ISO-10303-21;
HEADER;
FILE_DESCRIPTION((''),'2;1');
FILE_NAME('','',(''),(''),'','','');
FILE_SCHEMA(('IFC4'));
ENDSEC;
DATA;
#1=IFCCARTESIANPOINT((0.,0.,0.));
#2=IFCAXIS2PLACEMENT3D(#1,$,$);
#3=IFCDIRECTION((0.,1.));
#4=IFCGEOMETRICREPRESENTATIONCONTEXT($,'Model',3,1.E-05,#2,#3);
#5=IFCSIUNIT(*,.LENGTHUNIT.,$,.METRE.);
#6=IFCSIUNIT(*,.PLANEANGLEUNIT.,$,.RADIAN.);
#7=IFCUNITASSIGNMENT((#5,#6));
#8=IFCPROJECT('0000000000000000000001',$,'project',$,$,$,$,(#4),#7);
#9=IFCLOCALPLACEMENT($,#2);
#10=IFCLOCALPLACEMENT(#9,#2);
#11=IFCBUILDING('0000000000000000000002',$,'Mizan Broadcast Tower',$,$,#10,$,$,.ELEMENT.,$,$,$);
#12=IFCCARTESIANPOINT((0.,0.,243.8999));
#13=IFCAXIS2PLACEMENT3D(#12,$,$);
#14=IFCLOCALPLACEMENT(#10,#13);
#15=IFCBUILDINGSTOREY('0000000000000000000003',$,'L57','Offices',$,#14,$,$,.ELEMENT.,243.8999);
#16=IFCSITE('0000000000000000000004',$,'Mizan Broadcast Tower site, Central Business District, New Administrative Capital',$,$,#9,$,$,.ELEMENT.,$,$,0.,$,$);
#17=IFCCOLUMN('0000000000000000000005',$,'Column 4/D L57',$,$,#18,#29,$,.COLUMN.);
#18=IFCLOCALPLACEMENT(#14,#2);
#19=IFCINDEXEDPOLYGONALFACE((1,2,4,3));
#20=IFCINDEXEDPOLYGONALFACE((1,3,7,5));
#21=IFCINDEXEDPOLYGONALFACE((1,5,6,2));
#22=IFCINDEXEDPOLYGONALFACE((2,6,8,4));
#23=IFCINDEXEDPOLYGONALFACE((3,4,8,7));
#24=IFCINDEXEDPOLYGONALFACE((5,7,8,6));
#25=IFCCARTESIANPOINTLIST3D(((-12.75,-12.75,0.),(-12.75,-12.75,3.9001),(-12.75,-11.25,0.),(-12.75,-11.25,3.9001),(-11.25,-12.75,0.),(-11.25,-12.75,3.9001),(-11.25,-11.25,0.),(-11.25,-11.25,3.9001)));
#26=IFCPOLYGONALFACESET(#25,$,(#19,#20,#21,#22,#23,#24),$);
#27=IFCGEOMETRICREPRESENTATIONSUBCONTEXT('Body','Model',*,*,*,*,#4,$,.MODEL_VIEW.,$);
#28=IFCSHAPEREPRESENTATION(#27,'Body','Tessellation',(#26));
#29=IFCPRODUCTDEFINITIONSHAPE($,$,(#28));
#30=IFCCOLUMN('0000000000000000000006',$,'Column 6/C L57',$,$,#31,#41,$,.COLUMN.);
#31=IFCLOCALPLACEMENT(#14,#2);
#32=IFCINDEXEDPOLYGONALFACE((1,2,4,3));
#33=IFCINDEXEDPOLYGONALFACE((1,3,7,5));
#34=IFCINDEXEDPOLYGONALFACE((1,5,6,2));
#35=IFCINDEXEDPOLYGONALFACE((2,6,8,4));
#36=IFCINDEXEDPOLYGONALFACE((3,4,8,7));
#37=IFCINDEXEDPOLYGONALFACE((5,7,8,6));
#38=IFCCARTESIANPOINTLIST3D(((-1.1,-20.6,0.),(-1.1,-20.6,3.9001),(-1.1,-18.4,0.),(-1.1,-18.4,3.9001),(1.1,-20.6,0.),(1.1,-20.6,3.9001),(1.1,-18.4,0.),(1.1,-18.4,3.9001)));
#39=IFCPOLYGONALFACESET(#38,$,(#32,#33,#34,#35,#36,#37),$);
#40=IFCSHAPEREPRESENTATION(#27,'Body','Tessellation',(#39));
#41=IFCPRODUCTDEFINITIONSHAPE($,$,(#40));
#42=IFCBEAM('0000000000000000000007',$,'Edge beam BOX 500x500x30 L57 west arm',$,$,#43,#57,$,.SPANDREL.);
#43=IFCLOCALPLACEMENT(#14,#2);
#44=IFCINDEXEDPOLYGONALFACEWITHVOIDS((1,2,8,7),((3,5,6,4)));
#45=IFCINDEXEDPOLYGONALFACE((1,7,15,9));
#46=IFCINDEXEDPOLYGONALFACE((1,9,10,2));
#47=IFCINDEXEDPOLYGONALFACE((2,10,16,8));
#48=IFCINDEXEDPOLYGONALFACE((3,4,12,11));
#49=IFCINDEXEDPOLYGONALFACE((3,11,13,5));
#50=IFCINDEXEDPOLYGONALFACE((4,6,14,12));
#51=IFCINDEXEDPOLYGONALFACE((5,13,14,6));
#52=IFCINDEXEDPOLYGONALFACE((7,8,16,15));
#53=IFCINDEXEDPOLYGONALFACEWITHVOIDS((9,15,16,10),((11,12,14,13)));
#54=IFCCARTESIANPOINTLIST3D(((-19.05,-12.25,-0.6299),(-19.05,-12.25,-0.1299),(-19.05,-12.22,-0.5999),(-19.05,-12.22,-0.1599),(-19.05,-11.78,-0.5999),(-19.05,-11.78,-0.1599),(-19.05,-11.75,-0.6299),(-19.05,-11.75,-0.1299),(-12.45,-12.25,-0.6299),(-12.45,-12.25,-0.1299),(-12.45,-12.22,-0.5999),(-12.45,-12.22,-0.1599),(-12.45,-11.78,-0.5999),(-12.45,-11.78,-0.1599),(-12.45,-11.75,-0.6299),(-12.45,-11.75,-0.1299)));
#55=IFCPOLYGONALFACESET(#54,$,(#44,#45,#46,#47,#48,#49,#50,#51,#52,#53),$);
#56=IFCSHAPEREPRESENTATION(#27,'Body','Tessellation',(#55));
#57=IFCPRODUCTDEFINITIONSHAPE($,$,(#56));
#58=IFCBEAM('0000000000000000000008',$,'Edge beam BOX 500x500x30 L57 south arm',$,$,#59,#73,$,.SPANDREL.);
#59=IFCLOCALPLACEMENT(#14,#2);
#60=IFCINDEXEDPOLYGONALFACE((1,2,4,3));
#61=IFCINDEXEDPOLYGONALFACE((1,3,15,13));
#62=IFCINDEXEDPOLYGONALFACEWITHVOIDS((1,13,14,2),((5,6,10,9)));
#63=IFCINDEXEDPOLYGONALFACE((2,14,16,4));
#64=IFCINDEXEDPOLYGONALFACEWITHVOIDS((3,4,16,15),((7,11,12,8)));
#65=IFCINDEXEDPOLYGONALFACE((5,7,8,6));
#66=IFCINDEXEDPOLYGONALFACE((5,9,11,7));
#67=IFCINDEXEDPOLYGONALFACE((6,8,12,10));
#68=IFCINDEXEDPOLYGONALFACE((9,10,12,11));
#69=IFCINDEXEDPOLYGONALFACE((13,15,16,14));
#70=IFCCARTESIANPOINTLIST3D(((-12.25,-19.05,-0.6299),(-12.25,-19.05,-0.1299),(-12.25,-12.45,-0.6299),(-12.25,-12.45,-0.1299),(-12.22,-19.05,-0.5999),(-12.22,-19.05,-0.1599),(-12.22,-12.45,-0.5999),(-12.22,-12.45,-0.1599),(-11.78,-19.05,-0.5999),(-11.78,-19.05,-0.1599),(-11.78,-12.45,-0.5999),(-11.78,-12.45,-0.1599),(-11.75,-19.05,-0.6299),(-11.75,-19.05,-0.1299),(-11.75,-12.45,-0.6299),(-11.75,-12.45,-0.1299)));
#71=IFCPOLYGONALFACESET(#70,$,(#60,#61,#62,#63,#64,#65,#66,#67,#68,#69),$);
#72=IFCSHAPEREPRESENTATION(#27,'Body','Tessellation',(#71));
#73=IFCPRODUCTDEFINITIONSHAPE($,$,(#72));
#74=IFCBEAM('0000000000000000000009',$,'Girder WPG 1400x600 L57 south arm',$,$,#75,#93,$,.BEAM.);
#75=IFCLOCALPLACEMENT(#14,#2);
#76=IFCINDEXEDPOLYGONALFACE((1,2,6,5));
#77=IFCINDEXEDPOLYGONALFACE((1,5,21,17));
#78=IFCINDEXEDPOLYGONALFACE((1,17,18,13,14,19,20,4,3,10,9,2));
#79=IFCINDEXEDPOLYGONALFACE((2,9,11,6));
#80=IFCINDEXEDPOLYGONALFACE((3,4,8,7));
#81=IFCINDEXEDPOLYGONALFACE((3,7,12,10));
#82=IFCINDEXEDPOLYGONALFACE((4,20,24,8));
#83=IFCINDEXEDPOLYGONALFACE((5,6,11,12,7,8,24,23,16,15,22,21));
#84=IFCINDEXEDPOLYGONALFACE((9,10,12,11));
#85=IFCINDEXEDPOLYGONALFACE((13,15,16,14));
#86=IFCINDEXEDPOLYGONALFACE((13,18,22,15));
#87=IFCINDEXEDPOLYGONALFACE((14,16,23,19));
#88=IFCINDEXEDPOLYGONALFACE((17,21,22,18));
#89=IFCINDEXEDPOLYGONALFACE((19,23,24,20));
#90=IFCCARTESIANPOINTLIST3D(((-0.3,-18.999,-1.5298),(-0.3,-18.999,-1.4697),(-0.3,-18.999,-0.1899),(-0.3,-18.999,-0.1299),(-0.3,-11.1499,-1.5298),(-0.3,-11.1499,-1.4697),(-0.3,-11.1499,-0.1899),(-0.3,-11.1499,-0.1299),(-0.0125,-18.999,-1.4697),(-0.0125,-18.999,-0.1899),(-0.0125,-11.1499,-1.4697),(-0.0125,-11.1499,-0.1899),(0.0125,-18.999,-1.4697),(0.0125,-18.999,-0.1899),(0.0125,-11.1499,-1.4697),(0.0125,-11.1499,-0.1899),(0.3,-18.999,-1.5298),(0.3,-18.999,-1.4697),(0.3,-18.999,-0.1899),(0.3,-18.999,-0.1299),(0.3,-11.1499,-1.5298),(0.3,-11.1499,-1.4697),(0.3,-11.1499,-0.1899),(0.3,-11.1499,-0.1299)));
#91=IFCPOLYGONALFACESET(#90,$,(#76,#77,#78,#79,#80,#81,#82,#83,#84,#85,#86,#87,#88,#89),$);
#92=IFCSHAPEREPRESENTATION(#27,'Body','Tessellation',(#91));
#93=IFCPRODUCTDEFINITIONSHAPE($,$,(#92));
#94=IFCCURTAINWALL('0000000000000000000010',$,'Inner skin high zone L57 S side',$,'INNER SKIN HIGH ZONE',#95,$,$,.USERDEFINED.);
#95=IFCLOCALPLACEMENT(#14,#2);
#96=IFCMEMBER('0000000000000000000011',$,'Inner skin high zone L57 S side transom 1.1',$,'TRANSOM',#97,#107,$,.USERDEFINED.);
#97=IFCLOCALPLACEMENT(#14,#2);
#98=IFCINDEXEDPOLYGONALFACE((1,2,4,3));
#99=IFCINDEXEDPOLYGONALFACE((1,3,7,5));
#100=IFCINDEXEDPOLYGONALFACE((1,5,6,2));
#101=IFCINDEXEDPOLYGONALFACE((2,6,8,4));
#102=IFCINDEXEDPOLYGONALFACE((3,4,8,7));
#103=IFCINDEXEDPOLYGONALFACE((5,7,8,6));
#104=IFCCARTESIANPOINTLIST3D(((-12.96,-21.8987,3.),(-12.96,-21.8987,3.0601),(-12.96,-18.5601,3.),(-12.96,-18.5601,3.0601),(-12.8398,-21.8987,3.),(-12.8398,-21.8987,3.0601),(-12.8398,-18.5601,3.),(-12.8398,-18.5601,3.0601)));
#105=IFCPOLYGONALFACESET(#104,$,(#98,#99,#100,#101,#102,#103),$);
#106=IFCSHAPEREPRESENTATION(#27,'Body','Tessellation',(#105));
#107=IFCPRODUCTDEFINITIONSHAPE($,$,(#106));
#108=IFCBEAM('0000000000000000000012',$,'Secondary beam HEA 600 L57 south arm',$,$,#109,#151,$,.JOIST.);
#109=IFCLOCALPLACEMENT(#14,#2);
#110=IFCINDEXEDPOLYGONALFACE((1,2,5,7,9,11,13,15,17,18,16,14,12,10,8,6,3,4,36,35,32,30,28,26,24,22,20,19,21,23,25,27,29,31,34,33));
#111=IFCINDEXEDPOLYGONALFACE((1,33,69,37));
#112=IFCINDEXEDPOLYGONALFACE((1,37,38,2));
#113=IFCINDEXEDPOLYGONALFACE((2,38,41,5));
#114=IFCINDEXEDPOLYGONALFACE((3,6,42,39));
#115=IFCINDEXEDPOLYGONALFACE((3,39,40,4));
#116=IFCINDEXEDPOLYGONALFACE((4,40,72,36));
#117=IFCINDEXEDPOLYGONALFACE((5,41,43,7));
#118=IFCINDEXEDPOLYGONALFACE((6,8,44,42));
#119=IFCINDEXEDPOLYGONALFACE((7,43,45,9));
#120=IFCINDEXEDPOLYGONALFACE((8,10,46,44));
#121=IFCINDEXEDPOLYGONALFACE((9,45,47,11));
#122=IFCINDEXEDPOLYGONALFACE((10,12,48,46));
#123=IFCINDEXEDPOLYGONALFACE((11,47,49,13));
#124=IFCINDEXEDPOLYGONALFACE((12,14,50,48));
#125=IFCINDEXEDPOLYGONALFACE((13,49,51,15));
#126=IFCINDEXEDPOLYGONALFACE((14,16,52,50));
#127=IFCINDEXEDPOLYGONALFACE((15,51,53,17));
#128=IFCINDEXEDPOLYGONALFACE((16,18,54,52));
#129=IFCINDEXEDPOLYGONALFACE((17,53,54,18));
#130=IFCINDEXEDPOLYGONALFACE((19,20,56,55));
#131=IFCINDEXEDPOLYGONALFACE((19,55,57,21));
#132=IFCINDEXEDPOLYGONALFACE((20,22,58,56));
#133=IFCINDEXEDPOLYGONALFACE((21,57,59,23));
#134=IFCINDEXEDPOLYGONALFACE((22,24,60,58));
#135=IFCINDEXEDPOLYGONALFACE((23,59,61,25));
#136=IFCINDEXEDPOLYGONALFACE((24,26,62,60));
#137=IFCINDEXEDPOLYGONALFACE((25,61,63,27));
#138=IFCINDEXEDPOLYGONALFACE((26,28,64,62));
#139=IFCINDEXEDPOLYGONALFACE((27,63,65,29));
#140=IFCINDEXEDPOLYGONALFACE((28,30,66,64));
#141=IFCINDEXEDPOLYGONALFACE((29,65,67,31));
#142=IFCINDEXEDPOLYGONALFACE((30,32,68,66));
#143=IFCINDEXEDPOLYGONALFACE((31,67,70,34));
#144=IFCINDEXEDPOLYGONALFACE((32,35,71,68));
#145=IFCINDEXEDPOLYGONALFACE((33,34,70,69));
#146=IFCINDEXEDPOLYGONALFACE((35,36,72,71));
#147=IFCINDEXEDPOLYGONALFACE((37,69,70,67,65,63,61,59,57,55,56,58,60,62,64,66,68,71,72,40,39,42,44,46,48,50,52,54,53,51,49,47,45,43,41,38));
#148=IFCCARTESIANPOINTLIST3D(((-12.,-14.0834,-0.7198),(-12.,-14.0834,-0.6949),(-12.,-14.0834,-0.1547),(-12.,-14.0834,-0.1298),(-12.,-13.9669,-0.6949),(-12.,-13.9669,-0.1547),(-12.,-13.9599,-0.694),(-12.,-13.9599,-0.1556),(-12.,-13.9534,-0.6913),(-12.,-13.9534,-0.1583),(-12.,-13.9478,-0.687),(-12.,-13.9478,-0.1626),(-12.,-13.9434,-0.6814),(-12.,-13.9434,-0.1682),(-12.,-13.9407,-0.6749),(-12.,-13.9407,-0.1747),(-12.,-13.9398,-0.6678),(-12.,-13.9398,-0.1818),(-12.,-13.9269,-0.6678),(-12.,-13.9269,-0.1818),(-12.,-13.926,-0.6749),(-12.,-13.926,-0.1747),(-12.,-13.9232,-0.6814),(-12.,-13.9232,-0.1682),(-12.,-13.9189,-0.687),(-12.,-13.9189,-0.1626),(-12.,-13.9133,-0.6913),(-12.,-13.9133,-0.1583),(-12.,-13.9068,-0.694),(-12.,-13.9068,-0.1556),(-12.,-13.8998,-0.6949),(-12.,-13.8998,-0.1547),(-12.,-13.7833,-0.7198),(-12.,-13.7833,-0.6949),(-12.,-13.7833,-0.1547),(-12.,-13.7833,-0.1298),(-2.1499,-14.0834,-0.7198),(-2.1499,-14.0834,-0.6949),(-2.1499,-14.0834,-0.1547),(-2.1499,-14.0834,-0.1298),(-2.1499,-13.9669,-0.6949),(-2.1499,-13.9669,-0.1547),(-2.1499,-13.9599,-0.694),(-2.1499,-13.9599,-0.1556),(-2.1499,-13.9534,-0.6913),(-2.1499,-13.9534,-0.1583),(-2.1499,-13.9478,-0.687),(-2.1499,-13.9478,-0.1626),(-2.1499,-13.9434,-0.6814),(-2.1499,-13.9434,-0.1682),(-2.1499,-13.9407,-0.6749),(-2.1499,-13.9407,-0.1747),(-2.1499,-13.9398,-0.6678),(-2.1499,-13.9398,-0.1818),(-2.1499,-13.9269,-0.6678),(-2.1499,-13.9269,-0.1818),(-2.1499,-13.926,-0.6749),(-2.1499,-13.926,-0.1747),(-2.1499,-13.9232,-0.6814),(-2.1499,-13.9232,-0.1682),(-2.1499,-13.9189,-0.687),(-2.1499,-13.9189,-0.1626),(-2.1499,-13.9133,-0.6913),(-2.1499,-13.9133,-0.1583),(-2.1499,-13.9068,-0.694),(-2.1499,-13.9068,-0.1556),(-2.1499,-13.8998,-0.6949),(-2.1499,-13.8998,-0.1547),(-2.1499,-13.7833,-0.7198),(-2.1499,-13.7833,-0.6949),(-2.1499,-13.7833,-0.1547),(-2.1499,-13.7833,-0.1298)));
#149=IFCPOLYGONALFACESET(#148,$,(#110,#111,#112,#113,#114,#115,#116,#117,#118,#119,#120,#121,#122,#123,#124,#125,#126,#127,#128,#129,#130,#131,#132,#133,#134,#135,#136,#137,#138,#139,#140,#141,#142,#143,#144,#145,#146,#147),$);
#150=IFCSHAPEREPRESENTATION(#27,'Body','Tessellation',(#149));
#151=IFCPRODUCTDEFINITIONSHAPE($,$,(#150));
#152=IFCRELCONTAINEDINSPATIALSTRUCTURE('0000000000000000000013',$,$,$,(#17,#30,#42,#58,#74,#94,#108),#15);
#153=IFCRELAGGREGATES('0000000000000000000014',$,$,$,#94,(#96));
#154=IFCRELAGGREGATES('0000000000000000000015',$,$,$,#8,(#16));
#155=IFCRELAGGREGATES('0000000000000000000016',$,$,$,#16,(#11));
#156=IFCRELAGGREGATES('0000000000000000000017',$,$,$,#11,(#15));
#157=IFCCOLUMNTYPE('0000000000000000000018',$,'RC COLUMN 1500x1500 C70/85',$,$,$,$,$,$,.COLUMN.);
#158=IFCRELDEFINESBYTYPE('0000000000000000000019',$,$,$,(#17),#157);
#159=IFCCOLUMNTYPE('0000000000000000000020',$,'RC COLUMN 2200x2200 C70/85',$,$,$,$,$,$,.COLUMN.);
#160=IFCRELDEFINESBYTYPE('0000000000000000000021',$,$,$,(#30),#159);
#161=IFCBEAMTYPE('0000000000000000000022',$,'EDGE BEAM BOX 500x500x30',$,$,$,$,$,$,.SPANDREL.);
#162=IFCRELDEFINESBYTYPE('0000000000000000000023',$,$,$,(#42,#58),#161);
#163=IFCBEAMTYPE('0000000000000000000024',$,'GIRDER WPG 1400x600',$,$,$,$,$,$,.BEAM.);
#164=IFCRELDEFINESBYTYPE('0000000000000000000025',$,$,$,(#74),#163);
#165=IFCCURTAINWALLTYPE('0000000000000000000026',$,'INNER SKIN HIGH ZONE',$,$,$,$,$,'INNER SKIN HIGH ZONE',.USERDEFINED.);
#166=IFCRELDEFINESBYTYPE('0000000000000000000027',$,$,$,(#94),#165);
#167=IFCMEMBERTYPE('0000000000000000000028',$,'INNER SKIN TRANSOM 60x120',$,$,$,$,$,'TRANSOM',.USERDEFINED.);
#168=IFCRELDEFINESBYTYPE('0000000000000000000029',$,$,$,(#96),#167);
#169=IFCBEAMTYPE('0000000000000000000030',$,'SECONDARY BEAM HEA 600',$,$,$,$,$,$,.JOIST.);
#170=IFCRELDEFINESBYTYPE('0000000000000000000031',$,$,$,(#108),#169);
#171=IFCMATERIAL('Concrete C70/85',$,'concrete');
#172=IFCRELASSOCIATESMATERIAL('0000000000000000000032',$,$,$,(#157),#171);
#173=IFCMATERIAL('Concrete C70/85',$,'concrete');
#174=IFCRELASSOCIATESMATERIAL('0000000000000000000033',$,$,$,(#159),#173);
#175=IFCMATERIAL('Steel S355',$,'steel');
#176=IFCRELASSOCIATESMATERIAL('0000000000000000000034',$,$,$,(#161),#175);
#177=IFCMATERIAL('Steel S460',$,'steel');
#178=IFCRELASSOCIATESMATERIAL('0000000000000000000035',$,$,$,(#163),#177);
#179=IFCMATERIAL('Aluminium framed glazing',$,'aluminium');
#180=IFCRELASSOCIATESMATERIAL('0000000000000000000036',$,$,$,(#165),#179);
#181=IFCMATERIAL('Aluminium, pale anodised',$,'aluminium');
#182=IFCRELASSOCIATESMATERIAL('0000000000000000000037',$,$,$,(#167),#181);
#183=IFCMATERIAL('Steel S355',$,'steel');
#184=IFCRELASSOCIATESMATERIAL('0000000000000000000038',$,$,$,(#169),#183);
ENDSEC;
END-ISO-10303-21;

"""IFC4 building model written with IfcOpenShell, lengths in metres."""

from ifc_helpers import new_model, si_unit, direction, frame, origin, origin_2d, place, context, subcontext, project, spatial, rectangle, hollow_rectangle, i_section, extrude, material, material_profile, profile_set, type_object, element, aggregate, save


model = new_model("IFC4")

# Units and contexts
model_context = context("Model", 3, precision=1e-05, world=origin(), true_north=direction((0.0, 1.0)))
body_context = subcontext(model_context, "Body", "Model", "MODEL_VIEW")
ifc_project = project(units=[si_unit("LENGTHUNIT", "METRE"), si_unit("PLANEANGLEUNIT", "RADIAN")], contexts=[model_context])

# Site, building, storey
site_placement = place(None, origin())
site = spatial("IfcSite", under=ifc_project, at=site_placement, Name="Mizan Broadcast Tower site, Central Business District, New Administrative Capital", CompositionType="ELEMENT", RefElevation=0.0)
building_placement = place(site_placement, origin())
building = spatial("IfcBuilding", under=site, at=building_placement, Name="Mizan Broadcast Tower", CompositionType="ELEMENT")
storey_placement = place(building_placement, frame((0.0, 0.0, 243.8999)))
storey = spatial("IfcBuildingStorey", under=building, at=storey_placement, Name="L57", Description="Offices", CompositionType="ELEMENT", Elevation=243.8999)

# Columns
ifc_material_1 = material(Name="Concrete C70/85", Category="concrete")
ifc_material_profile_1 = material_profile(ifc_material_1, rectangle(XDim=1.5, YDim=1.5, at=origin_2d()), Name="RC 1500x1500")
ifc_profile_set_1 = profile_set([ifc_material_profile_1], Name="Concrete C70/85")
column_type_1 = type_object("IfcColumnType", Name="RC COLUMN 1500x1500 C70/85", PredefinedType="COLUMN", material=ifc_profile_set_1)
column_1_placement = place(storey_placement, frame((-12.0, -12.0, 0.0), z_axis=(0.0, 0.0, 1.0), x_axis=(1.0, 0.0, 0.0)))
element("IfcColumn", 1, at=column_1_placement, inside=storey, type_object=column_type_1, Name="Column 4/D L57", PredefinedType="COLUMN", context=body_context, shape_type="SweptSolid", body=[
    extrude(rectangle(XDim=1.5, YDim=1.5, at=origin_2d()), origin(), (0.0, 0.0, 1.0), 3.9001),
])
ifc_material_2 = material(Name="Concrete C70/85", Category="concrete")
ifc_material_profile_2 = material_profile(ifc_material_2, rectangle(XDim=2.2, YDim=2.2, at=origin_2d()), Name="RC 2200x2200")
ifc_profile_set_2 = profile_set([ifc_material_profile_2], Name="Concrete C70/85")
column_type_2 = type_object("IfcColumnType", Name="RC COLUMN 2200x2200 C70/85", PredefinedType="COLUMN", material=ifc_profile_set_2)
column_2_placement = place(storey_placement, frame((0.0, -19.5, 0.0), z_axis=(0.0, 0.0, 1.0), x_axis=(1.0, 0.0, 0.0)))
element("IfcColumn", 2, at=column_2_placement, inside=storey, type_object=column_type_2, Name="Column 6/C L57", PredefinedType="COLUMN", context=body_context, shape_type="SweptSolid", body=[
    extrude(rectangle(XDim=2.2, YDim=2.2, at=origin_2d()), origin(), (0.0, 0.0, 1.0), 3.9001),
])

# Beams
ifc_material_3 = material(Name="Steel S355", Category="steel")
ifc_material_profile_3 = material_profile(ifc_material_3, hollow_rectangle(XDim=0.5, YDim=0.5, WallThickness=0.03, at=origin_2d()), Name="BOX 500x500x30")
ifc_profile_set_3 = profile_set([ifc_material_profile_3], Name="Steel S355")
beam_type_1 = type_object("IfcBeamType", Name="EDGE BEAM BOX 500x500x30", PredefinedType="SPANDREL", material=ifc_profile_set_3)
for number, where, z_axis, x_axis, name in (
    (3, (-12.45, -12.0, -0.3799), (-1.0, 0.0, 0.0), (0.0, -1.0, 0.0), "Edge beam BOX 500x500x30 L57 west arm"),
    (4, (-12.0, -12.45, -0.3799), (0.0, -1.0, 0.0), (1.0, 0.0, 0.0), "Edge beam BOX 500x500x30 L57 south arm"),
):
    element("IfcBeam", number, at=place(storey_placement, frame(where, z_axis=z_axis, x_axis=x_axis)), inside=storey, type_object=beam_type_1, Name=name, PredefinedType="SPANDREL", context=body_context, shape_type="SweptSolid", body=[
        extrude(hollow_rectangle(XDim=0.5, YDim=0.5, WallThickness=0.03, at=origin_2d()), origin(), (0.0, 0.0, 1.0), 6.6001),
    ])
ifc_material_4 = material(Name="Steel S460", Category="steel")
ifc_material_profile_4 = material_profile(ifc_material_4, i_section(OverallWidth=0.6001, OverallDepth=1.3999, WebThickness=0.0249, FlangeThickness=0.0601, at=origin_2d()), Name="WPG 1400x600")
ifc_profile_set_4 = profile_set([ifc_material_profile_4], Name="Steel S460")
beam_type_2 = type_object("IfcBeamType", Name="GIRDER WPG 1400x600", PredefinedType="BEAM", material=ifc_profile_set_4)
beam_1_placement = place(storey_placement, frame((0.0, -11.1499, -0.8298), z_axis=(0.0, -1.0, 0.0), x_axis=(1.0, 0.0, 0.0)))
element("IfcBeam", 5, at=beam_1_placement, inside=storey, type_object=beam_type_2, Name="Girder WPG 1400x600 L57 south arm", PredefinedType="BEAM", context=body_context, shape_type="SweptSolid", body=[
    extrude(i_section(OverallWidth=0.6001, OverallDepth=1.3999, WebThickness=0.0249, FlangeThickness=0.0601, at=origin_2d()), origin(), (0.0, 0.0, 1.0), 7.8491),
])

# Curtain wall, member
ifc_material_5 = material(Name="Aluminium framed glazing", Category="aluminium")
curtain_wall_type = type_object("IfcCurtainWallType", Name="INNER SKIN HIGH ZONE", ElementType="INNER SKIN HIGH ZONE", PredefinedType="USERDEFINED", material=ifc_material_5)
curtain_wall_placement = place(storey_placement, origin())
curtain_wall = element("IfcCurtainWall", 6, at=curtain_wall_placement, inside=storey, type_object=curtain_wall_type, Name="Inner skin high zone L57 S side", ObjectType="INNER SKIN HIGH ZONE", PredefinedType="USERDEFINED")
ifc_material_6 = material(Name="Aluminium, pale anodised", Category="aluminium")
ifc_material_profile_5 = material_profile(ifc_material_6, rectangle(XDim=0.1201, YDim=0.0601, at=origin_2d()), Name="TRANSOM 120x60")
ifc_profile_set_5 = profile_set([ifc_material_profile_5], Name="Aluminium, pale anodised")
member_type = type_object("IfcMemberType", Name="INNER SKIN TRANSOM 60x120", ElementType="TRANSOM", PredefinedType="USERDEFINED", material=ifc_profile_set_5)
member_placement = place(storey_placement, frame((-12.8999, -18.5601, 3.03), z_axis=(0.0, -1.0, 0.0), x_axis=(1.0, 0.0, 0.0)))
member = element("IfcMember", 7, at=member_placement, type_object=member_type, Name="Inner skin high zone L57 S side transom 1.1", ObjectType="TRANSOM", PredefinedType="USERDEFINED", context=body_context, shape_type="SweptSolid", body=[
    extrude(rectangle(XDim=0.1201, YDim=0.0601, at=origin_2d()), origin(), (0.0, 0.0, 1.0), 3.3386),
])
aggregate(curtain_wall, [member])

# Beam
ifc_material_7 = material(Name="Steel S355", Category="steel")
ifc_material_profile_6 = material_profile(ifc_material_7, i_section(OverallWidth=0.3, OverallDepth=0.5901, WebThickness=0.0129, FlangeThickness=0.0249, FilletRadius=0.0271, at=origin_2d()), Name="HEA 600")
ifc_profile_set_6 = profile_set([ifc_material_profile_6], Name="Steel S355")
beam_type_3 = type_object("IfcBeamType", Name="SECONDARY BEAM HEA 600", PredefinedType="JOIST", material=ifc_profile_set_6)
for number, where, z_axis, x_axis, name in (
    (8, (-12.0, -13.9333, -0.4248), (1.0, 0.0, 0.0), (0.0, 1.0, 0.0), "Secondary beam HEA 600 L57 south arm"),
):
    element("IfcBeam", number, at=place(storey_placement, frame(where, z_axis=z_axis, x_axis=x_axis)), inside=storey, type_object=beam_type_3, Name=name, PredefinedType="JOIST", context=body_context, shape_type="SweptSolid", body=[
        extrude(i_section(OverallWidth=0.3, OverallDepth=0.5901, WebThickness=0.0129, FlangeThickness=0.0249, FilletRadius=0.0271, at=origin_2d()), origin(), (0.0, 0.0, 1.0), 9.8501),
    ])

save(model, "model.ifc")
